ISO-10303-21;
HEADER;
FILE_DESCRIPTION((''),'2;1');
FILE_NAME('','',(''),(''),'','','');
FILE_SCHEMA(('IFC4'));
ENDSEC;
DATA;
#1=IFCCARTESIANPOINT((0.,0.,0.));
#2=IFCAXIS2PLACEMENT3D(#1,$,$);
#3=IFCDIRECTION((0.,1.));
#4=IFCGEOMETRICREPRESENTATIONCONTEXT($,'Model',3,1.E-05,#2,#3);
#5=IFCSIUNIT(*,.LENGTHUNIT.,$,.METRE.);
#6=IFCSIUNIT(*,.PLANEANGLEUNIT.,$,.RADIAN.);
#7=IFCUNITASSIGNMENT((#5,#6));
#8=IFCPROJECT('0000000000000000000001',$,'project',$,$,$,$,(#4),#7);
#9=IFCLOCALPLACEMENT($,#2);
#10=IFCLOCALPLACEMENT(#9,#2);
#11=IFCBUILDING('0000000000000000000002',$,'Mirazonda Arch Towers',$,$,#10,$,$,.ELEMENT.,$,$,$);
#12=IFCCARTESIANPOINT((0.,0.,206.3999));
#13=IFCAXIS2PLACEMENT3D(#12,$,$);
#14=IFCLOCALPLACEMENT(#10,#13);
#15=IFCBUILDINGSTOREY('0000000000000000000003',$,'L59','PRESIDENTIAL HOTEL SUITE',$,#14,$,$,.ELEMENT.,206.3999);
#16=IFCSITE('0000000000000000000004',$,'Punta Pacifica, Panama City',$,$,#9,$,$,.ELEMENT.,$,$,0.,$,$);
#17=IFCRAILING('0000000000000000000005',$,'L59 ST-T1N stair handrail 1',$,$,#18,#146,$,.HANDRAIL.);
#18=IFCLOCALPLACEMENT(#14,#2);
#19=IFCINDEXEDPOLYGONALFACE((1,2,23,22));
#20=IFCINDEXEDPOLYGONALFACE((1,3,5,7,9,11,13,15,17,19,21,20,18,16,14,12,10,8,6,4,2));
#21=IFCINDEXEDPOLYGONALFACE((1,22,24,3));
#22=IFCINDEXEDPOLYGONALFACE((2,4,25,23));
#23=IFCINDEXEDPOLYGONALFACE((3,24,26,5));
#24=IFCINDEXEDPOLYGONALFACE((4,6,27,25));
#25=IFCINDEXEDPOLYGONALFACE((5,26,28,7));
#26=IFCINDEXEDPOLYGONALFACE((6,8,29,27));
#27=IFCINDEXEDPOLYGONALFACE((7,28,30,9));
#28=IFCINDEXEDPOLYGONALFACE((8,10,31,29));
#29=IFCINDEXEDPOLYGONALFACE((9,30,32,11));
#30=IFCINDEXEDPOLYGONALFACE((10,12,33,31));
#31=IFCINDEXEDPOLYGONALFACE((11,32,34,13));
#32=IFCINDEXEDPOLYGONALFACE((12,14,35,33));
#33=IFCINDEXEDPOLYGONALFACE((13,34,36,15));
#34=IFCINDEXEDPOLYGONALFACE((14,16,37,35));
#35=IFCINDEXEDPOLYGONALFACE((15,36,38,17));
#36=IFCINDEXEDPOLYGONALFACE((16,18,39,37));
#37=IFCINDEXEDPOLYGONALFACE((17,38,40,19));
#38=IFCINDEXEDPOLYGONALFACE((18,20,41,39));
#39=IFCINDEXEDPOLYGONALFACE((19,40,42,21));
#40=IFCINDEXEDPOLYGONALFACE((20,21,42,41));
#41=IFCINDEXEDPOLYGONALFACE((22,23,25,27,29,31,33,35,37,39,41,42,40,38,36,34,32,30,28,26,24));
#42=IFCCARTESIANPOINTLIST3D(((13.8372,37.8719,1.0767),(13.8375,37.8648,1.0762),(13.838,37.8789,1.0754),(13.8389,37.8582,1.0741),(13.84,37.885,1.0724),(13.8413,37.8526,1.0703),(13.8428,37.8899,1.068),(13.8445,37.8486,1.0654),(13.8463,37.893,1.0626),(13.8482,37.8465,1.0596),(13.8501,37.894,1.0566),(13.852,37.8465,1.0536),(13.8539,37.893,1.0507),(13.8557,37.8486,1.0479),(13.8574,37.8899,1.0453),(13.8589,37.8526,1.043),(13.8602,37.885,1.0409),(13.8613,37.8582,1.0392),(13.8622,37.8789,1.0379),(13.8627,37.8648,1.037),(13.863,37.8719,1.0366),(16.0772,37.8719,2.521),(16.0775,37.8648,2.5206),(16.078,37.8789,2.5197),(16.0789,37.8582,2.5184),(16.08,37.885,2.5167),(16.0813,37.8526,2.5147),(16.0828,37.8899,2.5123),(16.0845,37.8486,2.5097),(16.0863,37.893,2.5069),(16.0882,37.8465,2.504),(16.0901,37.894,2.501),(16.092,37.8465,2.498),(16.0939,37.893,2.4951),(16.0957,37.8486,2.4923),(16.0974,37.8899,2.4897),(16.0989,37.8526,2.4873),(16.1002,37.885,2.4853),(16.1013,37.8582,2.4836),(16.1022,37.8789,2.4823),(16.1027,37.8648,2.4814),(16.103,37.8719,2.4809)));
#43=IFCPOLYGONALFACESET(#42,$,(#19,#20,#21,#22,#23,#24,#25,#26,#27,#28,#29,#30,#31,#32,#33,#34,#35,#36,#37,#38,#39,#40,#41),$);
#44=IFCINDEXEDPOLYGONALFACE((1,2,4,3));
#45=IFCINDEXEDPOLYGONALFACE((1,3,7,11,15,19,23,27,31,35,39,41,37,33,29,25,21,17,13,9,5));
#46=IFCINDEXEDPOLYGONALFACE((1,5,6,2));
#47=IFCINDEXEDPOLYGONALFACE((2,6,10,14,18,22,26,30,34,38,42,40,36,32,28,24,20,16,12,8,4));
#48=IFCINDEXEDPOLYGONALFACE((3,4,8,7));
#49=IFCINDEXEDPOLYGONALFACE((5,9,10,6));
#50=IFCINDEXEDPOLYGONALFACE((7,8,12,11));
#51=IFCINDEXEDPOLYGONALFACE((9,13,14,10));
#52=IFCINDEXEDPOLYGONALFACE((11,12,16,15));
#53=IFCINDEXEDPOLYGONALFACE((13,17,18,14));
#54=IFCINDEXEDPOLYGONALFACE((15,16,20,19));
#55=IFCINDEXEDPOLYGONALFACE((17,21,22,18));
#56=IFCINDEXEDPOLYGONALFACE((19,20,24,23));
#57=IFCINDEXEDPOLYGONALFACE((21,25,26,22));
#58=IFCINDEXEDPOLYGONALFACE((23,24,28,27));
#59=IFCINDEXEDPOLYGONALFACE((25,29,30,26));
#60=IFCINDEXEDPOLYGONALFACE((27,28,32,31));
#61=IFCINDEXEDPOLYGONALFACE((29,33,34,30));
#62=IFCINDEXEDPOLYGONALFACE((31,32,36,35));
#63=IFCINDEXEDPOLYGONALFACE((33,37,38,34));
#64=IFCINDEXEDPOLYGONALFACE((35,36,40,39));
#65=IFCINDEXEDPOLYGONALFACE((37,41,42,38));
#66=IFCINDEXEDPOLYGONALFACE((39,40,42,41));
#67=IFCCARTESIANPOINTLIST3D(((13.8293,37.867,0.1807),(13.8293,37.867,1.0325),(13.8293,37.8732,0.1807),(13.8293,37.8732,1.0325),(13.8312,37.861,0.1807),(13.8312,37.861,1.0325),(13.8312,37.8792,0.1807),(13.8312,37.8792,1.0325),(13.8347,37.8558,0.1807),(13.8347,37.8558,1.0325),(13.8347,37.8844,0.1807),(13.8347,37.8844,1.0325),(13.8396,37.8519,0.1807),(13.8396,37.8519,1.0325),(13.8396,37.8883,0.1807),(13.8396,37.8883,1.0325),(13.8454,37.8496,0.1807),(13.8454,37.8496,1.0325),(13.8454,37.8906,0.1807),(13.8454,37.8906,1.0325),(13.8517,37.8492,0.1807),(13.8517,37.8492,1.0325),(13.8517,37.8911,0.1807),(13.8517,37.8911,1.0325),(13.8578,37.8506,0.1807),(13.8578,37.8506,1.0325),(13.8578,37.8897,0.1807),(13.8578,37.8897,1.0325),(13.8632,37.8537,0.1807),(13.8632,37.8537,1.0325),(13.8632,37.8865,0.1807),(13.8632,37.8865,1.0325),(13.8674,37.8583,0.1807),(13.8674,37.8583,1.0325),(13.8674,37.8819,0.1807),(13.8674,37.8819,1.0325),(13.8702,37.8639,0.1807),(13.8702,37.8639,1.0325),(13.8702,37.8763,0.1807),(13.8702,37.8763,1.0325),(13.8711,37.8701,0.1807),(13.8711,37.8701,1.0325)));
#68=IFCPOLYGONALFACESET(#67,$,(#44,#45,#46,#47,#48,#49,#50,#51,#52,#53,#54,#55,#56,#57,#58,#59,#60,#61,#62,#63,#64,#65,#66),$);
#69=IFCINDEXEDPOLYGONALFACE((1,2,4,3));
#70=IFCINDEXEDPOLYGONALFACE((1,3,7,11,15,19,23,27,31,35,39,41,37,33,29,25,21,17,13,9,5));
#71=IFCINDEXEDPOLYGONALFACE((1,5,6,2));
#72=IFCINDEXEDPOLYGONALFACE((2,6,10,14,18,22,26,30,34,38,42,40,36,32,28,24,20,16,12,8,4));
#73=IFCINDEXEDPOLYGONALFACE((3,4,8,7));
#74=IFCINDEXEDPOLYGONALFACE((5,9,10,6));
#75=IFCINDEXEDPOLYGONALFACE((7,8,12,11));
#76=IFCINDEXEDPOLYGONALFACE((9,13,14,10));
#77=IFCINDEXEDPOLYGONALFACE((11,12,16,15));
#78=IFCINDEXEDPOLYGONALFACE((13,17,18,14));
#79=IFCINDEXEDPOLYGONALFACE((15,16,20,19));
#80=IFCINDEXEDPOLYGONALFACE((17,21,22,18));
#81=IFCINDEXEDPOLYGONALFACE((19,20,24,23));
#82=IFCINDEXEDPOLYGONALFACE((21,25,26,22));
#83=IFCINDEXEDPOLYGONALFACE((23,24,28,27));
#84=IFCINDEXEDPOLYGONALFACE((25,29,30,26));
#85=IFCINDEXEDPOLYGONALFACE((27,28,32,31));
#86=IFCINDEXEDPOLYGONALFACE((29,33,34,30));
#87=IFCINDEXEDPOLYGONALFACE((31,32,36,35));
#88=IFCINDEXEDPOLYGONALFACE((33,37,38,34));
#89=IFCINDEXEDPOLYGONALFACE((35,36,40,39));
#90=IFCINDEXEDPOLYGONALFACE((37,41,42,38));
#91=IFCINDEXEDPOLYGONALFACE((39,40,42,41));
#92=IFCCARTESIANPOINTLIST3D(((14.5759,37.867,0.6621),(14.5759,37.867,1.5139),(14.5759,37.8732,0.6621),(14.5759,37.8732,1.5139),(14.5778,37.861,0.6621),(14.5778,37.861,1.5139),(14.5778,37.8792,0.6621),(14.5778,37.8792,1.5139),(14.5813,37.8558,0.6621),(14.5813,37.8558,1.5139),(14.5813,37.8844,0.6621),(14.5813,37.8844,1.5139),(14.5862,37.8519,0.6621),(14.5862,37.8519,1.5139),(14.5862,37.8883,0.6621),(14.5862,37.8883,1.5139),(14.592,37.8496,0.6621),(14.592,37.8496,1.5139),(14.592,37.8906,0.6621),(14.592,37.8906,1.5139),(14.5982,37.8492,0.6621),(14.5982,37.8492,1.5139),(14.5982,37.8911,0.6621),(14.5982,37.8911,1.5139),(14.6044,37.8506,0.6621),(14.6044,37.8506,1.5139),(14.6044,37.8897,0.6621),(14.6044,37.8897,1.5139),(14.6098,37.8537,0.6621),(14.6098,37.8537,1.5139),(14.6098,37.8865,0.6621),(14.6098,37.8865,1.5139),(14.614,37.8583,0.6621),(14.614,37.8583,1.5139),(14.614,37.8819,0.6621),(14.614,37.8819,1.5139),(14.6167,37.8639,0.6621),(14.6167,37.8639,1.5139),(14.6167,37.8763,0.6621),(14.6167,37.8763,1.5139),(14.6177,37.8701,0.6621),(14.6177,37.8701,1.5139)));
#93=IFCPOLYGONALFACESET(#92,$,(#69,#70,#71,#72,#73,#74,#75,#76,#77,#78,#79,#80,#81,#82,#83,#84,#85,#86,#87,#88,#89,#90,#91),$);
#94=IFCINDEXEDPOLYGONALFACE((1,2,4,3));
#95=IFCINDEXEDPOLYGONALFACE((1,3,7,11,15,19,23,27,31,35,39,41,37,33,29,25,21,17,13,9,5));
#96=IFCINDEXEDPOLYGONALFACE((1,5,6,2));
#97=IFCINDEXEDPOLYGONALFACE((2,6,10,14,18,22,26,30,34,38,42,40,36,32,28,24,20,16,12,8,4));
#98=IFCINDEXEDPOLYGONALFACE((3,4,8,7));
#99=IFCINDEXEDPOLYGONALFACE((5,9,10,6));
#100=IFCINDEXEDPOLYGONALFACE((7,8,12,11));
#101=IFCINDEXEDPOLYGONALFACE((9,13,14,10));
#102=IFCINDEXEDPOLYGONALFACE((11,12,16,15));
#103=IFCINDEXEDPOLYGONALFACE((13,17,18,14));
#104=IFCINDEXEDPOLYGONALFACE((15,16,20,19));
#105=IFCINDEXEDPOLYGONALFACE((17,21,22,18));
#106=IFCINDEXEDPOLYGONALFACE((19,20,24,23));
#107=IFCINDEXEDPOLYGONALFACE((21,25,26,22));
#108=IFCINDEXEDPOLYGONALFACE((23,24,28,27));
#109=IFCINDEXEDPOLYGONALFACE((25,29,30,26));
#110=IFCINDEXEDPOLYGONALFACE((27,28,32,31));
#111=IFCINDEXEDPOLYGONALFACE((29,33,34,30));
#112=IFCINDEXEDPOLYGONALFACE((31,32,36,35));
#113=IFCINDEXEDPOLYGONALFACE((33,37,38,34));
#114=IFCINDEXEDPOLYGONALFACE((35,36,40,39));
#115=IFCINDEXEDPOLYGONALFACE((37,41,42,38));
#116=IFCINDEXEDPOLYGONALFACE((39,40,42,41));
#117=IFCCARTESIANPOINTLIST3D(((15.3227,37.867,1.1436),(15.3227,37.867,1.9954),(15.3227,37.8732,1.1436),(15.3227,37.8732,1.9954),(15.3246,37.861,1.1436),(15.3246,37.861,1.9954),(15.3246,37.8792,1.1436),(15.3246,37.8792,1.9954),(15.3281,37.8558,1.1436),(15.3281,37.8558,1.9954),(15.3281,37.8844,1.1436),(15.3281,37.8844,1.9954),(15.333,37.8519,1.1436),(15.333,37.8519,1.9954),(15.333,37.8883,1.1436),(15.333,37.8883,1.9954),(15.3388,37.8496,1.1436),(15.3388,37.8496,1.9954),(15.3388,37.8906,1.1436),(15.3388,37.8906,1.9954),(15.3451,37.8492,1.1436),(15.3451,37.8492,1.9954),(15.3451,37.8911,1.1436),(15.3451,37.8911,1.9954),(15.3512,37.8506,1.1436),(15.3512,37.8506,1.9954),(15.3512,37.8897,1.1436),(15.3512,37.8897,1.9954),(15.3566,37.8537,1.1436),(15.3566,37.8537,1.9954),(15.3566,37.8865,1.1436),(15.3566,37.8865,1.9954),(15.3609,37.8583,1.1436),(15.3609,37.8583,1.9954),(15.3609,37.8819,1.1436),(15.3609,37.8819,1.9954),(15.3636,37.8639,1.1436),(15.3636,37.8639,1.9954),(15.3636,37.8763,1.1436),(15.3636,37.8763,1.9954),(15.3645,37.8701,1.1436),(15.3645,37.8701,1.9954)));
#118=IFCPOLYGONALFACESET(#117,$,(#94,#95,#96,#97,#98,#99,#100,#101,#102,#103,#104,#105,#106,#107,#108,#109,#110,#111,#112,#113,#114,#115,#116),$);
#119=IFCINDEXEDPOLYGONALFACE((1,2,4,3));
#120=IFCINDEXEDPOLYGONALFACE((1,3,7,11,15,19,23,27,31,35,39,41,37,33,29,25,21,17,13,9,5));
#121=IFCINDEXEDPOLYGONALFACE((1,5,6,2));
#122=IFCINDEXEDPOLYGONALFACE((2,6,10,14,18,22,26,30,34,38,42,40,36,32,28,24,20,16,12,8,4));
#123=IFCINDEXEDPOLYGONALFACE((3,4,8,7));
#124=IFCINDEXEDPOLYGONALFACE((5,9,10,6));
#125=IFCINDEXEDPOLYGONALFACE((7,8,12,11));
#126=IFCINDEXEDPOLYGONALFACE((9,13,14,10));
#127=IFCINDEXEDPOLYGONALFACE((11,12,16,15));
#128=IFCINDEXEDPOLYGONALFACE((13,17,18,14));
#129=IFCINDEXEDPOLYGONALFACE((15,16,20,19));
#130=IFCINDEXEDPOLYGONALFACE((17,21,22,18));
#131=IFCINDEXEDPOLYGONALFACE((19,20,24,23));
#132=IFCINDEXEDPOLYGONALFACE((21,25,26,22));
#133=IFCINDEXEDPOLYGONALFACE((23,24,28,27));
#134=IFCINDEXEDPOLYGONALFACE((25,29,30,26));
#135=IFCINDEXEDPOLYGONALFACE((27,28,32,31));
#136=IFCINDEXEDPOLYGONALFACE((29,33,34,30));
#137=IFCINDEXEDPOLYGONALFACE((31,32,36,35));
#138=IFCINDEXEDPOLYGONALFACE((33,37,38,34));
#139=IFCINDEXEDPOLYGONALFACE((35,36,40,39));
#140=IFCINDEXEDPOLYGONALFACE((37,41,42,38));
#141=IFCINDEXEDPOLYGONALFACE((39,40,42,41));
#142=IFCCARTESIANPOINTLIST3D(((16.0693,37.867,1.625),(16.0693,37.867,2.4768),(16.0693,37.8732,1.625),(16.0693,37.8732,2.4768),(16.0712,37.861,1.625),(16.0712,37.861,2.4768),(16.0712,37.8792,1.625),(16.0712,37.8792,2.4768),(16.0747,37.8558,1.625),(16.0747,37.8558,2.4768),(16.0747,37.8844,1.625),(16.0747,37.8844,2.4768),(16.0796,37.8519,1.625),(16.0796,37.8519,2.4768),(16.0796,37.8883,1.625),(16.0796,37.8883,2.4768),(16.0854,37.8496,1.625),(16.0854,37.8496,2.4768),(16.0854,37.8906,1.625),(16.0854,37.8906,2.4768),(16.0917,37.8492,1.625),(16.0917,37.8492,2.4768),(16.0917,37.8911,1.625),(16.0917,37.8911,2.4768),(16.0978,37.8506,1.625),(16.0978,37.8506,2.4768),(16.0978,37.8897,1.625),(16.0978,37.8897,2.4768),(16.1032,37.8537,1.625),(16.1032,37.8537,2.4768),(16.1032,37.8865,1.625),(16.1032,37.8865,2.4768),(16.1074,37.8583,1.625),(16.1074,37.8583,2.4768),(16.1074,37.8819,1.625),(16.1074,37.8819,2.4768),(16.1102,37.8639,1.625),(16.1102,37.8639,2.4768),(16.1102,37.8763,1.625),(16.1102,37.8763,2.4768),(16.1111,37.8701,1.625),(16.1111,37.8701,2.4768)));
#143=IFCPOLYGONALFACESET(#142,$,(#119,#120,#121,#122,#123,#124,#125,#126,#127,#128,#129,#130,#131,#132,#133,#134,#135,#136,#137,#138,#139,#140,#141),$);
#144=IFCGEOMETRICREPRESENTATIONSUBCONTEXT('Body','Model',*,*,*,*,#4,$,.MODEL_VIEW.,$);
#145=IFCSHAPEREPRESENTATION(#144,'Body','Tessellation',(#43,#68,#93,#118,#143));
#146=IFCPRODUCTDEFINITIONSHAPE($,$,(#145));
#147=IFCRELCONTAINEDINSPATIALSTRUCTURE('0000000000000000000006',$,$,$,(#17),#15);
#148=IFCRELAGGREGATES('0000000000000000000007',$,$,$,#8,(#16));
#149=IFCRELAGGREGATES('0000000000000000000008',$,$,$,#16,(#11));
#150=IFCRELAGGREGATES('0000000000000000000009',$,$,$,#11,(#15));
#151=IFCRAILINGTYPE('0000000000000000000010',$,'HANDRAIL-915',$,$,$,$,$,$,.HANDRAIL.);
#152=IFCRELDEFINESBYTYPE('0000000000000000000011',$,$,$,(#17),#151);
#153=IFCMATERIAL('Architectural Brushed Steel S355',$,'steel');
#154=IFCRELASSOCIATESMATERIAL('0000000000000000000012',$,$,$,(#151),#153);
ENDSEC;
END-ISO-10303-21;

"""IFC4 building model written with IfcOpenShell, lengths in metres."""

from ifc_helpers import new_model, si_unit, direction, frame, origin, origin_2d, place, context, subcontext, project, spatial, circle, extrude, material, type_object, element, save


model = new_model("IFC4")

# Units and contexts
model_context = context("Model", 3, precision=1e-05, world=origin(), true_north=direction((0.0, 1.0)))
body_context = subcontext(model_context, "Body", "Model", "MODEL_VIEW")
ifc_project = project(units=[si_unit("LENGTHUNIT", "METRE"), si_unit("PLANEANGLEUNIT", "RADIAN")], contexts=[model_context])

# Site, building, storey
site_placement = place(None, origin())
site = spatial("IfcSite", under=ifc_project, at=site_placement, Name="Punta Pacifica, Panama City", CompositionType="ELEMENT", RefElevation=0.0)
building_placement = place(site_placement, origin())
building = spatial("IfcBuilding", under=site, at=building_placement, Name="Mirazonda Arch Towers", CompositionType="ELEMENT")
storey_placement = place(building_placement, frame((0.0, 0.0, 206.3999)))
storey = spatial("IfcBuildingStorey", under=building, at=storey_placement, Name="L59", Description="PRESIDENTIAL HOTEL SUITE", CompositionType="ELEMENT", Elevation=206.3999)

# Shared definitions
ifc_material_1 = material(Name="Architectural Brushed Steel S355", Category="steel")

# Railing
railing_type_1 = type_object("IfcRailingType", Name="HANDRAIL-915", PredefinedType="HANDRAIL", material=ifc_material_1)
railing_1_placement = place(storey_placement, frame((13.8501, 37.8701, 0.1807)))
element("IfcRailing", 1, at=railing_1_placement, inside=storey, type_object=railing_type_1, Name="L59 ST-T1N stair handrail 1", PredefinedType="HANDRAIL", context=body_context, shape_type="SweptSolid", body=[
    extrude(circle(Radius=0.0239, at=origin_2d()), frame((0.0, 0.0, 0.876), z_axis=(0.840437, 0.0, 0.54191), x_axis=(0.0, 1.0, 0.0)), (0.0, 0.0, 1.0), 2.6653),
    extrude(circle(Radius=0.021, at=origin_2d()), origin(), (0.0, 0.0, 1.0), 0.8518),
    extrude(circle(Radius=0.021, at=origin_2d()), frame((0.7466, 0.0, 0.4814)), (0.0, 0.0, 1.0), 0.8518),
    extrude(circle(Radius=0.021, at=origin_2d()), frame((1.4934, 0.0, 0.9629)), (0.0, 0.0, 1.0), 0.8518),
    extrude(circle(Radius=0.021, at=origin_2d()), frame((2.24, 0.0, 1.4443)), (0.0, 0.0, 1.0), 0.8518),
])

save(model, "model.ifc")
